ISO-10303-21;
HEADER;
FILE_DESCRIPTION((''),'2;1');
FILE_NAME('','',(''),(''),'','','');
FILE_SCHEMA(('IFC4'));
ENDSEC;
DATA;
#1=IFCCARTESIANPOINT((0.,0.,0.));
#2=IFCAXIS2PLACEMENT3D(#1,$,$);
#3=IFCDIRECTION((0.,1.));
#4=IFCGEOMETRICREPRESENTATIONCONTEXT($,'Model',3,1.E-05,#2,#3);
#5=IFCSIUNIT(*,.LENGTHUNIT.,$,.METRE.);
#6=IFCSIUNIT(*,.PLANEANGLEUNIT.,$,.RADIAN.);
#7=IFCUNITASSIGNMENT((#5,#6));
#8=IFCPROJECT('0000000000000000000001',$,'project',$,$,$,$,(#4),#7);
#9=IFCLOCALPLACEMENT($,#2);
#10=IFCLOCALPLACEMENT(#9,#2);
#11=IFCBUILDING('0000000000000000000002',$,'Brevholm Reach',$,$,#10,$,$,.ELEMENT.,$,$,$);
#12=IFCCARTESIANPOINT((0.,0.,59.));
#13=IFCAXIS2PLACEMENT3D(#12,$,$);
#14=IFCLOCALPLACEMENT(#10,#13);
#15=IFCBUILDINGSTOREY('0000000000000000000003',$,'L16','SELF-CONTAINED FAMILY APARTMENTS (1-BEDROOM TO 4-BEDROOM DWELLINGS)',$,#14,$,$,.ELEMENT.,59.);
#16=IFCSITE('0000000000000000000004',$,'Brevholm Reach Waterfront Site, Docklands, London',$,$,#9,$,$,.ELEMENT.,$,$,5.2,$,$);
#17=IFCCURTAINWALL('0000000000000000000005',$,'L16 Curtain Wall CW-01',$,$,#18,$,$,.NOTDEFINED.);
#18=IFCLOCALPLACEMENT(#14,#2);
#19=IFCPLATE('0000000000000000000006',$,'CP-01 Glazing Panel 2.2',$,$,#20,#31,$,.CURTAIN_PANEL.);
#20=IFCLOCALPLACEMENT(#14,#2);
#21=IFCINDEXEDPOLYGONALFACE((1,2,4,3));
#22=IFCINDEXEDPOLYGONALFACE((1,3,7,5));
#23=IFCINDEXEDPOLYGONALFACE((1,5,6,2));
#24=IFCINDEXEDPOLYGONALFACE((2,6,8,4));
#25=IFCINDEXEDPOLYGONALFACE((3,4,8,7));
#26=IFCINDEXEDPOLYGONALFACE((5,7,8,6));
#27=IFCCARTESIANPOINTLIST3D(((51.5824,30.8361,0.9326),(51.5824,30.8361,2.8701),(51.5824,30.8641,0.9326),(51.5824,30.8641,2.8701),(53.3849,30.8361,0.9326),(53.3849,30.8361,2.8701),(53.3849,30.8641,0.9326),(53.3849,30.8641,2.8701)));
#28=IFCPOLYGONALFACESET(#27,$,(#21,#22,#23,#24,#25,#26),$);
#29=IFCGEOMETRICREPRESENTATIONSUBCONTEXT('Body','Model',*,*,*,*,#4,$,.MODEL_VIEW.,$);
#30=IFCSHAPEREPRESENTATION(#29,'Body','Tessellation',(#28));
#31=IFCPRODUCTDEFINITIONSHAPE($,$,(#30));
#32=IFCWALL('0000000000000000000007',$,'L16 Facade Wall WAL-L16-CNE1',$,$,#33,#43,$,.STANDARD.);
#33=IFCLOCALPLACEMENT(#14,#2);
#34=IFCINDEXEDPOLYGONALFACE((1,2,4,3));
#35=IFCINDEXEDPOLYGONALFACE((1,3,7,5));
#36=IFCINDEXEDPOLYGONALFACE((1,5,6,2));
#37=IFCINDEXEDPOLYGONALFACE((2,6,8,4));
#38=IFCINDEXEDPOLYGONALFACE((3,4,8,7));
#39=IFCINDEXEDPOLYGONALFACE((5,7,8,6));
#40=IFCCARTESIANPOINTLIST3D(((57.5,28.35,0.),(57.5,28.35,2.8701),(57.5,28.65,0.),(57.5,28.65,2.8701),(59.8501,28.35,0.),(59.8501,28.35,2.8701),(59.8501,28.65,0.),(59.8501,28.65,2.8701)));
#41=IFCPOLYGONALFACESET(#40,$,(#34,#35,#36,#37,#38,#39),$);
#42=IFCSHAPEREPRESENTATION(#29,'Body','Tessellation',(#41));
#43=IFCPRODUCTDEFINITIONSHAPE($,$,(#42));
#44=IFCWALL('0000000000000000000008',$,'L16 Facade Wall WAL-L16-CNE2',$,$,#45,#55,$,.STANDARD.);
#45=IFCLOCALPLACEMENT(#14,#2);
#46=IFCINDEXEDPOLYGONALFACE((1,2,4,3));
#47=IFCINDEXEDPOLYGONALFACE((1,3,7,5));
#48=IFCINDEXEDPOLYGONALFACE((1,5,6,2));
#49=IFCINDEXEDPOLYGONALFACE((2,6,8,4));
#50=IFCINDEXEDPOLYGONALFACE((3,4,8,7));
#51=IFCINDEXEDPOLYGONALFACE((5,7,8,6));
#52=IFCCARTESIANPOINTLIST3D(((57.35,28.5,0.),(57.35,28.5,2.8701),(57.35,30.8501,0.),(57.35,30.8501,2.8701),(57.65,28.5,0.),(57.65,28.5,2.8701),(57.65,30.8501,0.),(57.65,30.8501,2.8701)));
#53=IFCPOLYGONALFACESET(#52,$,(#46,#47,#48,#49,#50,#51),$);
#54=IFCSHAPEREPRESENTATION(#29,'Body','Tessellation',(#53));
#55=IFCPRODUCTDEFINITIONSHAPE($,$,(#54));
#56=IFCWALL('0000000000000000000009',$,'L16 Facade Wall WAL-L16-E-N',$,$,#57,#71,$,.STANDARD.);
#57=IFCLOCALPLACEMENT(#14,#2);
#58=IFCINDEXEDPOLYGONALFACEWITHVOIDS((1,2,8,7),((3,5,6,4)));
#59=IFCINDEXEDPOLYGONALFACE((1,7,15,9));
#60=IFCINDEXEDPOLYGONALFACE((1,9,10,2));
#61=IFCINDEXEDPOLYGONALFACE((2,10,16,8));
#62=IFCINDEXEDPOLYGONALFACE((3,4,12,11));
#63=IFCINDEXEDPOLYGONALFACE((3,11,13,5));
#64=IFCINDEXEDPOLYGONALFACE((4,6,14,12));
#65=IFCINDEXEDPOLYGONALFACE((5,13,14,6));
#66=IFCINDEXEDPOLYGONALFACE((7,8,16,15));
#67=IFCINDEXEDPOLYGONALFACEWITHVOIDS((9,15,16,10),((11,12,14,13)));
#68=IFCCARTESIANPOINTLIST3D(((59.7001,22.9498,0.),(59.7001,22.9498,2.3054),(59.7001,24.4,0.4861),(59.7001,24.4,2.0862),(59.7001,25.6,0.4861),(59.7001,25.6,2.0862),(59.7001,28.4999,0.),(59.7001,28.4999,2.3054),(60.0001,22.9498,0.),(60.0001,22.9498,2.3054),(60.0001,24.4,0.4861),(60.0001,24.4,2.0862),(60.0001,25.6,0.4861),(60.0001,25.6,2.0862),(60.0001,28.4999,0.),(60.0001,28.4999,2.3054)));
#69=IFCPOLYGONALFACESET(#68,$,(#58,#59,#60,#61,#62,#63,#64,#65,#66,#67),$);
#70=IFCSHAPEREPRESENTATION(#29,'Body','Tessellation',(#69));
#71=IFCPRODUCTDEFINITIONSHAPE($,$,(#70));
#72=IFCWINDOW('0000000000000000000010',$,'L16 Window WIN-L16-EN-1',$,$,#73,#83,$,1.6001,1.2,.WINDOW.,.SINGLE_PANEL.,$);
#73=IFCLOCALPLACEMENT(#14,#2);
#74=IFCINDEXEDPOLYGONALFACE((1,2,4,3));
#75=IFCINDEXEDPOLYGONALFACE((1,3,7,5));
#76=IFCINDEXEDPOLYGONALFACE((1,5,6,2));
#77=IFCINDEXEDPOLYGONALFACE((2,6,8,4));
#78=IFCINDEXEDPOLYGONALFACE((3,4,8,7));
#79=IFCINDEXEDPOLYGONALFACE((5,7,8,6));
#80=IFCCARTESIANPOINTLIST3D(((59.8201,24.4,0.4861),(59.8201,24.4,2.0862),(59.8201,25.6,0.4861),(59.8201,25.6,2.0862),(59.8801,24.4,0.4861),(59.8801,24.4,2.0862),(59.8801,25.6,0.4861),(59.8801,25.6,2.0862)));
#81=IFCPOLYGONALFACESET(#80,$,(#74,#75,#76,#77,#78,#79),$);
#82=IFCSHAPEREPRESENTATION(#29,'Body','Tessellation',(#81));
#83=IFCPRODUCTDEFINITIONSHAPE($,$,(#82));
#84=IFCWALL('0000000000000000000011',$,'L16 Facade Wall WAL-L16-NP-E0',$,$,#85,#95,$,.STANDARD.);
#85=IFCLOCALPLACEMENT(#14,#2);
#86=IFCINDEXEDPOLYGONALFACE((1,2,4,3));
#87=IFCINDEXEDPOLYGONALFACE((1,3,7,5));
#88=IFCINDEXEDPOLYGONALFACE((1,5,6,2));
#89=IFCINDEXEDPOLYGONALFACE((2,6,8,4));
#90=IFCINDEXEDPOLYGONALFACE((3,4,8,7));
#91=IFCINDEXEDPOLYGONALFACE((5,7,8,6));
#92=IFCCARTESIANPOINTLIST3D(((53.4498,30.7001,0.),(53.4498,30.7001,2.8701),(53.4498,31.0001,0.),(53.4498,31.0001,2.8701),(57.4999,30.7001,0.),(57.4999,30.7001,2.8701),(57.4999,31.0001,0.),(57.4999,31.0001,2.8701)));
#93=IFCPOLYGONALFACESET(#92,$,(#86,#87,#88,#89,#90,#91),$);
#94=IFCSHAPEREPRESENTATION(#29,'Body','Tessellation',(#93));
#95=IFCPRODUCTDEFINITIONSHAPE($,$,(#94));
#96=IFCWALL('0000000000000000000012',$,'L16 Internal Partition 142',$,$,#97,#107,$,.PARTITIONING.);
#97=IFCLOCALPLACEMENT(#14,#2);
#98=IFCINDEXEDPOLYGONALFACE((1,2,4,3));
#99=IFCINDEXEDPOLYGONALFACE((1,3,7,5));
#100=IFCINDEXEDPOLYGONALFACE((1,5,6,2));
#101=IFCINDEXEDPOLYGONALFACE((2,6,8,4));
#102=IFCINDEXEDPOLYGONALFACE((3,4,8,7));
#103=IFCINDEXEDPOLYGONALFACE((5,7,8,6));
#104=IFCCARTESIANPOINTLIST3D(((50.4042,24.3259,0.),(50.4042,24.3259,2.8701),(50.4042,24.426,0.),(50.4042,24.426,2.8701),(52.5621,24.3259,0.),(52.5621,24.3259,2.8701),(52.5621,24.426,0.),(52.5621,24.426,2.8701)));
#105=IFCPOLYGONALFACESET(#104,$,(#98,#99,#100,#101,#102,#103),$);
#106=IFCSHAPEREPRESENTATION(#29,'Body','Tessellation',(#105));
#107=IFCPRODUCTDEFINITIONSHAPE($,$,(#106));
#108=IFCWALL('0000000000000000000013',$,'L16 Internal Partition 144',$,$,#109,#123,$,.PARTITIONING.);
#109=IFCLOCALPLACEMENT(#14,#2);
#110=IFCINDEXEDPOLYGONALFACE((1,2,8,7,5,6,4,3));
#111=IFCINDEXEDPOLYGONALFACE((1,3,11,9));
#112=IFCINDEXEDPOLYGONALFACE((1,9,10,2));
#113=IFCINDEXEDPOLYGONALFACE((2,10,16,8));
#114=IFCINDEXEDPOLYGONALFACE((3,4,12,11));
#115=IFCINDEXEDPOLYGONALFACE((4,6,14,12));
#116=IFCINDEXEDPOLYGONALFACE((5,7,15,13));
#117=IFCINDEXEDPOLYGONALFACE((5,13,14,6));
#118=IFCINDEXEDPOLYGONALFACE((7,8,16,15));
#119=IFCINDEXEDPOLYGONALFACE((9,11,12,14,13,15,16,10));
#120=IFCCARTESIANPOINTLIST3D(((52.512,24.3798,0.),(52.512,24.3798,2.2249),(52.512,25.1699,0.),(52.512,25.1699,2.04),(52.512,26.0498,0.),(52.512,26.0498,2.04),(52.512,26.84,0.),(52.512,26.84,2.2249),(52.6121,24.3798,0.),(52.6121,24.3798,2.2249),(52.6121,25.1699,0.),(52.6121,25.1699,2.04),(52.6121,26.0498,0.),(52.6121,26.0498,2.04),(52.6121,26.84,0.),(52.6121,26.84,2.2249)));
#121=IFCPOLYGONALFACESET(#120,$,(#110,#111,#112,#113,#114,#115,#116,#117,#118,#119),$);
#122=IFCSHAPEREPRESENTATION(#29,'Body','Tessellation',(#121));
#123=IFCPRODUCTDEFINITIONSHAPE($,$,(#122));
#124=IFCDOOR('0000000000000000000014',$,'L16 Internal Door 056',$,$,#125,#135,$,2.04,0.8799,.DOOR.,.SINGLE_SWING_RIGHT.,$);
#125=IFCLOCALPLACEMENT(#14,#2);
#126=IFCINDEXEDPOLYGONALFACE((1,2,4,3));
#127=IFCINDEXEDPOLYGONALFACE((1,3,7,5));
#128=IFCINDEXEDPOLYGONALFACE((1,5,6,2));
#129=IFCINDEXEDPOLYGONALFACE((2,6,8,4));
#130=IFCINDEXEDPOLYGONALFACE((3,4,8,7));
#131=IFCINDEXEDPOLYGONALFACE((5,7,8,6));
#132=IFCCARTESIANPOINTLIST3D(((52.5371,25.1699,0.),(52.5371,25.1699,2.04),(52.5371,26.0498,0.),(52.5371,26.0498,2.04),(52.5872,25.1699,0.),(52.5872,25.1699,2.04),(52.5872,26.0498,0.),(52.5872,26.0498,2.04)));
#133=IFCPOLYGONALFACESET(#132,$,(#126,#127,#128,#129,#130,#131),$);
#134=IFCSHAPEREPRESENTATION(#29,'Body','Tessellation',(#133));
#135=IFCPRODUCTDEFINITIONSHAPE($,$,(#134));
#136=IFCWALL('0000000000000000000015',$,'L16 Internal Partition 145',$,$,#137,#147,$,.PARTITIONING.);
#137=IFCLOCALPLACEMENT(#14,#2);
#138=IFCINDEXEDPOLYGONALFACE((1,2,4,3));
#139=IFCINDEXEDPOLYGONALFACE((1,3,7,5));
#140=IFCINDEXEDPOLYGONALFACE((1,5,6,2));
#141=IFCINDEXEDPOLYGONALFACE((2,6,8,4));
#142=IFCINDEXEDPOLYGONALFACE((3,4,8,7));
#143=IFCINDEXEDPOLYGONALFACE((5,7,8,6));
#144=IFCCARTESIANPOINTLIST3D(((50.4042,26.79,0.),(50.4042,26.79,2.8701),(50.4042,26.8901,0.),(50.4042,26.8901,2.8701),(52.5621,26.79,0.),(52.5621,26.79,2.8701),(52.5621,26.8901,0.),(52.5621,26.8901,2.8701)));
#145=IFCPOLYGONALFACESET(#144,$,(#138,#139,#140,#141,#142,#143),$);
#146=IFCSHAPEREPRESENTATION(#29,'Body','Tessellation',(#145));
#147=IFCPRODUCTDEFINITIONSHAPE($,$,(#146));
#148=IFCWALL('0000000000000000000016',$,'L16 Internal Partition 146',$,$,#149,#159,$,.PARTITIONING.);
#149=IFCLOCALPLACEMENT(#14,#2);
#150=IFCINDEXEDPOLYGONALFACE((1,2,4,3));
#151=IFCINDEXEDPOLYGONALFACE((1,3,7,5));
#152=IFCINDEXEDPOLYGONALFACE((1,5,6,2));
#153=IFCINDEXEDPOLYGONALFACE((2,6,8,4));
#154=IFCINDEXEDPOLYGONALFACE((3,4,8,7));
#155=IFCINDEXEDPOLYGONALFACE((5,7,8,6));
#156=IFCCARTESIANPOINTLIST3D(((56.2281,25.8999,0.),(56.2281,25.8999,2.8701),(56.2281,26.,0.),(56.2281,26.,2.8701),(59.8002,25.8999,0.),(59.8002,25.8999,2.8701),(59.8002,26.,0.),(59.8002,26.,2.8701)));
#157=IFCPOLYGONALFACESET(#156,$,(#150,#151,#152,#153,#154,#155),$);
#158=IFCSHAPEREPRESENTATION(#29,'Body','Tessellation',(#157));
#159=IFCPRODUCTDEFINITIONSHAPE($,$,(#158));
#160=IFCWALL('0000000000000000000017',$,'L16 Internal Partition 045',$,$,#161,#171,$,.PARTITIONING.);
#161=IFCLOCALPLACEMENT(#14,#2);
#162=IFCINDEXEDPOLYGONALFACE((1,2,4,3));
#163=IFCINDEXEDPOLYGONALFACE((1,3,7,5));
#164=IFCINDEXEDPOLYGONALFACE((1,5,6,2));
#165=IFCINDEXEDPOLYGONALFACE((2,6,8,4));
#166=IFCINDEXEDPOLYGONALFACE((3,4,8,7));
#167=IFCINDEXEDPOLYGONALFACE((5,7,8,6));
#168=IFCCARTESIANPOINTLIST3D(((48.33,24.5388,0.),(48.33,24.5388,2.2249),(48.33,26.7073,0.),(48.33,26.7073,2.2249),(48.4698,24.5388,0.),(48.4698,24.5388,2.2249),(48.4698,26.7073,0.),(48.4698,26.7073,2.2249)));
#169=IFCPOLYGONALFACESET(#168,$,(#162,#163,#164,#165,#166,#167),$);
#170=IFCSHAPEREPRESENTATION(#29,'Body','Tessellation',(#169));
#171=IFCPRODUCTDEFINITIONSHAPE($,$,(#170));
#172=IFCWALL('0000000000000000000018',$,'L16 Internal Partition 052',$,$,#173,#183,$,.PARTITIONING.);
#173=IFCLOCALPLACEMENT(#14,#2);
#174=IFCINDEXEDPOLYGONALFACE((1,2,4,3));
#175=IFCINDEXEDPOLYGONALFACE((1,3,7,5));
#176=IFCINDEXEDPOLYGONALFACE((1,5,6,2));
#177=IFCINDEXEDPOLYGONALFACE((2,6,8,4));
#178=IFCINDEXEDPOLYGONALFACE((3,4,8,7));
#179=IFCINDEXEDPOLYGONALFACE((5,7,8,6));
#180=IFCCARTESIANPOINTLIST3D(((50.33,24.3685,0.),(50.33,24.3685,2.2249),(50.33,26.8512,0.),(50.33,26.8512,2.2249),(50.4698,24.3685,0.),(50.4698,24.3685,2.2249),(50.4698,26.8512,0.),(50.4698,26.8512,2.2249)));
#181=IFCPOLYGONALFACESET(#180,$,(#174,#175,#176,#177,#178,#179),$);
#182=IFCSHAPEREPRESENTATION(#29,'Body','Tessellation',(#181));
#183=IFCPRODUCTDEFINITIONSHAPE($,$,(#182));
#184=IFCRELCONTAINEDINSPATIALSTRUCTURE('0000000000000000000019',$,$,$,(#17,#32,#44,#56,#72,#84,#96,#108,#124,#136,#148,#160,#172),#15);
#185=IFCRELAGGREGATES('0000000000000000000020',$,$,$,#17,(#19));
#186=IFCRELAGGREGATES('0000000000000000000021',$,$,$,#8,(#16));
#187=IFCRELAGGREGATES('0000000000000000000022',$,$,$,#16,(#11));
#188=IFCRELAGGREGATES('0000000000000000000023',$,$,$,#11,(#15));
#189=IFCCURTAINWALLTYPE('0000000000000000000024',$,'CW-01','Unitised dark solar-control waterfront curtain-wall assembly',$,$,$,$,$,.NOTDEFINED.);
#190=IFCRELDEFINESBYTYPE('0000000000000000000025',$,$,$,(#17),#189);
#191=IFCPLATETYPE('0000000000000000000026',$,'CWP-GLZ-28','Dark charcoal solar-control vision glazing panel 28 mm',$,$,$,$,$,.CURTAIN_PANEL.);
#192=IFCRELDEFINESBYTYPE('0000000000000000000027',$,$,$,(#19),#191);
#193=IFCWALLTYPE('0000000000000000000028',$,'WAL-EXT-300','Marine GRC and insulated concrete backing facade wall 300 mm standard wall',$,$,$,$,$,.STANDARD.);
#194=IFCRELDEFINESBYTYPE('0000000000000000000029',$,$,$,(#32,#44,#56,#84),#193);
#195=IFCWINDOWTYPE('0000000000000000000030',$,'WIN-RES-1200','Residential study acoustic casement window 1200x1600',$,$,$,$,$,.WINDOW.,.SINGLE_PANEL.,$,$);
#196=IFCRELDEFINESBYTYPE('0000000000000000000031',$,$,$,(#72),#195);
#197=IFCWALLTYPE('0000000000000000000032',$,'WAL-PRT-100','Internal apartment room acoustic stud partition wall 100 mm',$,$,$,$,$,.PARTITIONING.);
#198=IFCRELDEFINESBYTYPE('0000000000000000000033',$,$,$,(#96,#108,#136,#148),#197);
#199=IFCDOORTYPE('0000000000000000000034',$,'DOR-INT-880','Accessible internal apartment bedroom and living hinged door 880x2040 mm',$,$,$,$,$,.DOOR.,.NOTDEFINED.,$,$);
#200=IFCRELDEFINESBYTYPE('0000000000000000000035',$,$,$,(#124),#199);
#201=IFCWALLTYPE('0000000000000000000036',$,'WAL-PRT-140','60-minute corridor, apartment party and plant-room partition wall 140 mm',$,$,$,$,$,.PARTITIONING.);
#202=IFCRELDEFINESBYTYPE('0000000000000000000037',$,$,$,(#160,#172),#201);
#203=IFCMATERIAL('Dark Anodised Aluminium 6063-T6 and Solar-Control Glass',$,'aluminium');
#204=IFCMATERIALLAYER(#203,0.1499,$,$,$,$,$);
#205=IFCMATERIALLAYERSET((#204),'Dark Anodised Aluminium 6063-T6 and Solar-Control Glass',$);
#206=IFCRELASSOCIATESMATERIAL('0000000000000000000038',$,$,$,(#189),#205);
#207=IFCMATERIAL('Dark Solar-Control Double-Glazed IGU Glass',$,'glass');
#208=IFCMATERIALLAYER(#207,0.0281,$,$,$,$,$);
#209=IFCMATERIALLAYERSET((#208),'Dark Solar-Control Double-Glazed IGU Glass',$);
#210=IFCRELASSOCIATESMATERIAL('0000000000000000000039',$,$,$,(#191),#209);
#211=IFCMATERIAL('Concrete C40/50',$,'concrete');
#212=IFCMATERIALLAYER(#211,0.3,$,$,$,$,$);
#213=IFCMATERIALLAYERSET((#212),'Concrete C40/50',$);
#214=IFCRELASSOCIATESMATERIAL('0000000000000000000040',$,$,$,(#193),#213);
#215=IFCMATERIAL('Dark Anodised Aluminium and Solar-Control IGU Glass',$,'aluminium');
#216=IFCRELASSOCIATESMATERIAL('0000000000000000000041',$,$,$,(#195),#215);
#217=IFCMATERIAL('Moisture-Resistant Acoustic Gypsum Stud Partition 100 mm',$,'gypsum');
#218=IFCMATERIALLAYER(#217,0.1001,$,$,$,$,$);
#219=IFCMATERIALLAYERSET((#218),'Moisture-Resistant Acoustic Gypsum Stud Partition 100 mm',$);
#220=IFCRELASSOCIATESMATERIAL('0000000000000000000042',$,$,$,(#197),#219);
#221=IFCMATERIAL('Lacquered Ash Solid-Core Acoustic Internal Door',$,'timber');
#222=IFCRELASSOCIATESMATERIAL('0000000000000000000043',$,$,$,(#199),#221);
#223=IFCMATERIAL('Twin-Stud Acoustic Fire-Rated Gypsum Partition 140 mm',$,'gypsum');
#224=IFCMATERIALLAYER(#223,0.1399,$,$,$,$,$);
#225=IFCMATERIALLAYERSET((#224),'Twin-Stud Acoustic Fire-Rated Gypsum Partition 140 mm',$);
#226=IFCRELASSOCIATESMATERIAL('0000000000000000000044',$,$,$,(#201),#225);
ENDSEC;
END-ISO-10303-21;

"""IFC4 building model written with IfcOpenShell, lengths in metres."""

from ifc_helpers import new_model, si_unit, direction, frame, frame_2d, origin, origin_2d, place, context, subcontext, project, spatial, rectangle, extrude, material, layer, layer_set, type_object, element, fill, aggregate, save


model = new_model("IFC4")

# Units and contexts
model_context = context("Model", 3, precision=1e-05, world=origin(), true_north=direction((0.0, 1.0)))
body_context = subcontext(model_context, "Body", "Model", "MODEL_VIEW")
ifc_project = project(units=[si_unit("LENGTHUNIT", "METRE"), si_unit("PLANEANGLEUNIT", "RADIAN")], contexts=[model_context])

# Site, building, storey
site_placement = place(None, origin())
site = spatial("IfcSite", under=ifc_project, at=site_placement, Name="Brevholm Reach Waterfront Site, Docklands, London", CompositionType="ELEMENT", RefElevation=5.2)
building_placement = place(site_placement, origin())
building = spatial("IfcBuilding", under=site, at=building_placement, Name="Brevholm Reach", CompositionType="ELEMENT")
storey_placement = place(building_placement, frame((0.0, 0.0, 59.0)))
storey = spatial("IfcBuildingStorey", under=building, at=storey_placement, Name="L16", Description="SELF-CONTAINED FAMILY APARTMENTS (1-BEDROOM TO 4-BEDROOM DWELLINGS)", CompositionType="ELEMENT", Elevation=59.0)

# Shared definitions
ifc_material_1 = material(Name="Dark Anodised Aluminium 6063-T6 and Solar-Control Glass", Category="aluminium")
ifc_layer_1 = layer(ifc_material_1, 0.1499)
ifc_layer_set_1 = layer_set([ifc_layer_1], Name="Dark Anodised Aluminium 6063-T6 and Solar-Control Glass")
curtain_wall_type = type_object("IfcCurtainWallType", Name="CW-01", Description="Unitised dark solar-control waterfront curtain-wall assembly", PredefinedType="NOTDEFINED", material=ifc_layer_set_1)

# Curtain wall
curtain_wall_1_placement = place(storey_placement, origin())
curtain_wall_1 = element("IfcCurtainWall", 1, at=curtain_wall_1_placement, inside=storey, type_object=curtain_wall_type, Name="L16 Curtain Wall CW-01", PredefinedType="NOTDEFINED")

# Plate
ifc_material_2 = material(Name="Dark Solar-Control Double-Glazed IGU Glass", Category="glass")
ifc_layer_2 = layer(ifc_material_2, 0.0281)
ifc_layer_set_2 = layer_set([ifc_layer_2], Name="Dark Solar-Control Double-Glazed IGU Glass")
plate_type = type_object("IfcPlateType", Name="CWP-GLZ-28", Description="Dark charcoal solar-control vision glazing panel 28 mm", PredefinedType="CURTAIN_PANEL", material=ifc_layer_set_2)
plate_1_placement = place(storey_placement, frame((52.4836, 30.8501, 0.9326), z_axis=(0.0, 0.0, 1.0), x_axis=(1.0, 0.0, 0.0)))
plate_1 = element("IfcPlate", 2, at=plate_1_placement, type_object=plate_type, Name="CP-01 Glazing Panel 2.2", PredefinedType="CURTAIN_PANEL", context=body_context, shape_type="SweptSolid", body=[
    extrude(rectangle(XDim=1.8025, YDim=0.0281, at=origin_2d()), origin(), (0.0, 0.0, 1.0), 1.9375),
])
aggregate(curtain_wall_1, [plate_1])

# Walls
ifc_material_3 = material(Name="Concrete C40/50", Category="concrete")
ifc_layer_3 = layer(ifc_material_3, 0.3)
ifc_layer_set_3 = layer_set([ifc_layer_3], Name="Concrete C40/50")
wall_type_1 = type_object("IfcWallType", Name="WAL-EXT-300", Description="Marine GRC and insulated concrete backing facade wall 300 mm standard wall", PredefinedType="STANDARD", material=ifc_layer_set_3)
for number, where, z_axis, x_axis, name in (
    (3, (59.8501, 28.5, 0.0), (0.0, 0.0, 1.0), (-1.0, 0.0, 0.0), "L16 Facade Wall WAL-L16-CNE1"),
    (4, (57.5, 28.5, 0.0), (0.0, 0.0, 1.0), (0.0, 1.0, 0.0), "L16 Facade Wall WAL-L16-CNE2"),
):
    element("IfcWall", number, at=place(storey_placement, frame(where, z_axis=z_axis, x_axis=x_axis)), inside=storey, type_object=wall_type_1, Name=name, PredefinedType="STANDARD", context=body_context, shape_type="SweptSolid", body=[
        extrude(rectangle(XDim=2.3501, YDim=0.3, at=frame_2d((1.175, 0.0))), origin(), (0.0, 0.0, 1.0), 2.8701),
    ])

# Wall, opening, window
wall_1_placement = place(storey_placement, frame((59.8501, 22.95, 0.0), z_axis=(0.0, 0.0, 1.0), x_axis=(0.0, 1.0, 0.0)))
wall_1 = element("IfcWall", 5, at=wall_1_placement, inside=storey, type_object=wall_type_1, Name="L16 Facade Wall WAL-L16-E-N", PredefinedType="STANDARD", context=body_context, shape_type="SweptSolid", body=[
    extrude(rectangle(XDim=5.55, YDim=0.3, at=frame_2d((2.7749, 0.0))), origin(), (0.0, 0.0, 1.0), 2.3054),
])
opening_1_placement = place(wall_1_placement, frame((1.45, 0.0, 0.4861)))
opening_1 = element("IfcOpeningElement", 6, at=opening_1_placement, cuts=wall_1, PredefinedType="OPENING", context=body_context, shape_type="SweptSolid", body=[
    extrude(rectangle(XDim=1.2, YDim=1.6001, at=frame_2d((0.6001, 0.8))), frame((0.0, 0.1599, 0.0), z_axis=(0.0, -1.0, 0.0), x_axis=(1.0, 0.0, 0.0)), (0.0, 0.0, 1.0), 0.3201),
])
ifc_material_4 = material(Name="Dark Anodised Aluminium and Solar-Control IGU Glass", Category="aluminium")
window_type = type_object("IfcWindowType", Name="WIN-RES-1200", Description="Residential study acoustic casement window 1200x1600", PartitioningType="SINGLE_PANEL", PredefinedType="WINDOW", material=ifc_material_4)
window_placement = place(opening_1_placement, origin())
window = element("IfcWindow", 7, at=window_placement, inside=storey, type_object=window_type, Name="L16 Window WIN-L16-EN-1", OverallHeight=1.6001, OverallWidth=1.2, PartitioningType="SINGLE_PANEL", PredefinedType="WINDOW", context=body_context, shape_type="SweptSolid", body=[
    extrude(rectangle(XDim=1.2, YDim=1.6001, at=frame_2d((0.6001, 0.8))), frame((0.0, 0.03, 0.0), z_axis=(0.0, -1.0, 0.0), x_axis=(1.0, 0.0, 0.0)), (0.0, 0.0, 1.0), 0.0601),
])
fill(opening_1, window)

# Walls
wall_2_placement = place(storey_placement, frame((53.45, 30.8501, 0.0), z_axis=(0.0, 0.0, 1.0), x_axis=(1.0, 0.0, 0.0)))
element("IfcWall", 8, at=wall_2_placement, inside=storey, type_object=wall_type_1, Name="L16 Facade Wall WAL-L16-NP-E0", PredefinedType="STANDARD", context=body_context, shape_type="SweptSolid", body=[
    extrude(rectangle(XDim=4.05, YDim=0.3, at=frame_2d((2.0249, 0.0))), origin(), (0.0, 0.0, 1.0), 2.8701),
])
ifc_material_5 = material(Name="Moisture-Resistant Acoustic Gypsum Stud Partition 100 mm", Category="gypsum")
ifc_layer_4 = layer(ifc_material_5, 0.1001)
ifc_layer_set_4 = layer_set([ifc_layer_4], Name="Moisture-Resistant Acoustic Gypsum Stud Partition 100 mm")
wall_type_2 = type_object("IfcWallType", Name="WAL-PRT-100", Description="Internal apartment room acoustic stud partition wall 100 mm", PredefinedType="PARTITIONING", material=ifc_layer_set_4)
wall_3_placement = place(storey_placement, frame((50.4041, 24.376, 0.0), z_axis=(0.0, 0.0, 1.0), x_axis=(1.0, 0.0, 0.0)))
element("IfcWall", 9, at=wall_3_placement, inside=storey, type_object=wall_type_2, Name="L16 Internal Partition 142", PredefinedType="PARTITIONING", context=body_context, shape_type="SweptSolid", body=[
    extrude(rectangle(XDim=2.158, YDim=0.1001, at=frame_2d((1.0791, 0.0))), origin(), (0.0, 0.0, 1.0), 2.8701),
])

# Wall, opening, door
wall_4_placement = place(storey_placement, frame((52.562, 24.3799, 0.0), z_axis=(0.0, 0.0, 1.0), x_axis=(0.0, 1.0, 0.0)))
wall_4 = element("IfcWall", 10, at=wall_4_placement, inside=storey, type_object=wall_type_2, Name="L16 Internal Partition 144", PredefinedType="PARTITIONING", context=body_context, shape_type="SweptSolid", body=[
    extrude(rectangle(XDim=2.4602, YDim=0.1001, at=frame_2d((1.23, 0.0))), origin(), (0.0, 0.0, 1.0), 2.2249),
])
opening_2_placement = place(wall_4_placement, frame((0.79, 0.0, 0.0)))
opening_2 = element("IfcOpeningElement", 11, at=opening_2_placement, cuts=wall_4, PredefinedType="OPENING", context=body_context, shape_type="SweptSolid", body=[
    extrude(rectangle(XDim=0.8799, YDim=2.04, at=frame_2d((0.4399, 1.02))), frame((0.0, 0.0601, 0.0), z_axis=(0.0, -1.0, 0.0), x_axis=(1.0, 0.0, 0.0)), (0.0, 0.0, 1.0), 0.1201),
])
ifc_material_6 = material(Name="Lacquered Ash Solid-Core Acoustic Internal Door", Category="timber")
door_type_1 = type_object("IfcDoorType", Name="DOR-INT-880", Description="Accessible internal apartment bedroom and living hinged door 880x2040 mm", OperationType="NOTDEFINED", PredefinedType="DOOR", material=ifc_material_6)
door_1_placement = place(opening_2_placement, origin())
door_1 = element("IfcDoor", 12, at=door_1_placement, inside=storey, type_object=door_type_1, Name="L16 Internal Door 056", OperationType="SINGLE_SWING_RIGHT", OverallHeight=2.04, OverallWidth=0.8799, PredefinedType="DOOR", context=body_context, shape_type="SweptSolid", body=[
    extrude(rectangle(XDim=0.8799, YDim=2.04, at=frame_2d((0.4399, 1.02))), frame((0.0, 0.0249, 0.0), z_axis=(0.0, -1.0, 0.0), x_axis=(1.0, 0.0, 0.0)), (0.0, 0.0, 1.0), 0.05),
])
fill(opening_2, door_1)

# Walls
wall_5_placement = place(storey_placement, frame((50.4041, 26.8401, 0.0), z_axis=(0.0, 0.0, 1.0), x_axis=(1.0, 0.0, 0.0)))
element("IfcWall", 13, at=wall_5_placement, inside=storey, type_object=wall_type_2, Name="L16 Internal Partition 145", PredefinedType="PARTITIONING", context=body_context, shape_type="SweptSolid", body=[
    extrude(rectangle(XDim=2.158, YDim=0.1001, at=frame_2d((1.0791, 0.0))), origin(), (0.0, 0.0, 1.0), 2.8701),
])
wall_6_placement = place(storey_placement, frame((56.228, 25.95, 0.0), z_axis=(0.0, 0.0, 1.0), x_axis=(1.0, 0.0, 0.0)))
element("IfcWall", 14, at=wall_6_placement, inside=storey, type_object=wall_type_2, Name="L16 Internal Partition 146", PredefinedType="PARTITIONING", context=body_context, shape_type="SweptSolid", body=[
    extrude(rectangle(XDim=3.572, YDim=0.1001, at=frame_2d((1.7861, 0.0))), origin(), (0.0, 0.0, 1.0), 2.8701),
])
ifc_material_7 = material(Name="Twin-Stud Acoustic Fire-Rated Gypsum Partition 140 mm", Category="gypsum")
ifc_layer_5 = layer(ifc_material_7, 0.1399)
ifc_layer_set_5 = layer_set([ifc_layer_5], Name="Twin-Stud Acoustic Fire-Rated Gypsum Partition 140 mm")
wall_type_3 = type_object("IfcWallType", Name="WAL-PRT-140", Description="60-minute corridor, apartment party and plant-room partition wall 140 mm", PredefinedType="PARTITIONING", material=ifc_layer_set_5)
wall_7_placement = place(storey_placement, frame((48.3999, 24.5388, 0.0), z_axis=(0.0, 0.0, 1.0), x_axis=(0.0, 1.0, 0.0)))
element("IfcWall", 15, at=wall_7_placement, inside=storey, type_object=wall_type_3, Name="L16 Internal Partition 045", PredefinedType="PARTITIONING", context=body_context, shape_type="SweptSolid", body=[
    extrude(rectangle(XDim=2.1685, YDim=0.1399, at=frame_2d((1.0842, 0.0))), origin(), (0.0, 0.0, 1.0), 2.2249),
])
wall_8_placement = place(storey_placement, frame((50.3999, 24.3687, 0.0), z_axis=(0.0, 0.0, 1.0), x_axis=(0.0, 1.0, 0.0)))
element("IfcWall", 16, at=wall_8_placement, inside=storey, type_object=wall_type_3, Name="L16 Internal Partition 052", PredefinedType="PARTITIONING", context=body_context, shape_type="SweptSolid", body=[
    extrude(rectangle(XDim=2.4827, YDim=0.1399, at=frame_2d((1.2412, 0.0))), origin(), (0.0, 0.0, 1.0), 2.2249),
])

save(model, "model.ifc")
